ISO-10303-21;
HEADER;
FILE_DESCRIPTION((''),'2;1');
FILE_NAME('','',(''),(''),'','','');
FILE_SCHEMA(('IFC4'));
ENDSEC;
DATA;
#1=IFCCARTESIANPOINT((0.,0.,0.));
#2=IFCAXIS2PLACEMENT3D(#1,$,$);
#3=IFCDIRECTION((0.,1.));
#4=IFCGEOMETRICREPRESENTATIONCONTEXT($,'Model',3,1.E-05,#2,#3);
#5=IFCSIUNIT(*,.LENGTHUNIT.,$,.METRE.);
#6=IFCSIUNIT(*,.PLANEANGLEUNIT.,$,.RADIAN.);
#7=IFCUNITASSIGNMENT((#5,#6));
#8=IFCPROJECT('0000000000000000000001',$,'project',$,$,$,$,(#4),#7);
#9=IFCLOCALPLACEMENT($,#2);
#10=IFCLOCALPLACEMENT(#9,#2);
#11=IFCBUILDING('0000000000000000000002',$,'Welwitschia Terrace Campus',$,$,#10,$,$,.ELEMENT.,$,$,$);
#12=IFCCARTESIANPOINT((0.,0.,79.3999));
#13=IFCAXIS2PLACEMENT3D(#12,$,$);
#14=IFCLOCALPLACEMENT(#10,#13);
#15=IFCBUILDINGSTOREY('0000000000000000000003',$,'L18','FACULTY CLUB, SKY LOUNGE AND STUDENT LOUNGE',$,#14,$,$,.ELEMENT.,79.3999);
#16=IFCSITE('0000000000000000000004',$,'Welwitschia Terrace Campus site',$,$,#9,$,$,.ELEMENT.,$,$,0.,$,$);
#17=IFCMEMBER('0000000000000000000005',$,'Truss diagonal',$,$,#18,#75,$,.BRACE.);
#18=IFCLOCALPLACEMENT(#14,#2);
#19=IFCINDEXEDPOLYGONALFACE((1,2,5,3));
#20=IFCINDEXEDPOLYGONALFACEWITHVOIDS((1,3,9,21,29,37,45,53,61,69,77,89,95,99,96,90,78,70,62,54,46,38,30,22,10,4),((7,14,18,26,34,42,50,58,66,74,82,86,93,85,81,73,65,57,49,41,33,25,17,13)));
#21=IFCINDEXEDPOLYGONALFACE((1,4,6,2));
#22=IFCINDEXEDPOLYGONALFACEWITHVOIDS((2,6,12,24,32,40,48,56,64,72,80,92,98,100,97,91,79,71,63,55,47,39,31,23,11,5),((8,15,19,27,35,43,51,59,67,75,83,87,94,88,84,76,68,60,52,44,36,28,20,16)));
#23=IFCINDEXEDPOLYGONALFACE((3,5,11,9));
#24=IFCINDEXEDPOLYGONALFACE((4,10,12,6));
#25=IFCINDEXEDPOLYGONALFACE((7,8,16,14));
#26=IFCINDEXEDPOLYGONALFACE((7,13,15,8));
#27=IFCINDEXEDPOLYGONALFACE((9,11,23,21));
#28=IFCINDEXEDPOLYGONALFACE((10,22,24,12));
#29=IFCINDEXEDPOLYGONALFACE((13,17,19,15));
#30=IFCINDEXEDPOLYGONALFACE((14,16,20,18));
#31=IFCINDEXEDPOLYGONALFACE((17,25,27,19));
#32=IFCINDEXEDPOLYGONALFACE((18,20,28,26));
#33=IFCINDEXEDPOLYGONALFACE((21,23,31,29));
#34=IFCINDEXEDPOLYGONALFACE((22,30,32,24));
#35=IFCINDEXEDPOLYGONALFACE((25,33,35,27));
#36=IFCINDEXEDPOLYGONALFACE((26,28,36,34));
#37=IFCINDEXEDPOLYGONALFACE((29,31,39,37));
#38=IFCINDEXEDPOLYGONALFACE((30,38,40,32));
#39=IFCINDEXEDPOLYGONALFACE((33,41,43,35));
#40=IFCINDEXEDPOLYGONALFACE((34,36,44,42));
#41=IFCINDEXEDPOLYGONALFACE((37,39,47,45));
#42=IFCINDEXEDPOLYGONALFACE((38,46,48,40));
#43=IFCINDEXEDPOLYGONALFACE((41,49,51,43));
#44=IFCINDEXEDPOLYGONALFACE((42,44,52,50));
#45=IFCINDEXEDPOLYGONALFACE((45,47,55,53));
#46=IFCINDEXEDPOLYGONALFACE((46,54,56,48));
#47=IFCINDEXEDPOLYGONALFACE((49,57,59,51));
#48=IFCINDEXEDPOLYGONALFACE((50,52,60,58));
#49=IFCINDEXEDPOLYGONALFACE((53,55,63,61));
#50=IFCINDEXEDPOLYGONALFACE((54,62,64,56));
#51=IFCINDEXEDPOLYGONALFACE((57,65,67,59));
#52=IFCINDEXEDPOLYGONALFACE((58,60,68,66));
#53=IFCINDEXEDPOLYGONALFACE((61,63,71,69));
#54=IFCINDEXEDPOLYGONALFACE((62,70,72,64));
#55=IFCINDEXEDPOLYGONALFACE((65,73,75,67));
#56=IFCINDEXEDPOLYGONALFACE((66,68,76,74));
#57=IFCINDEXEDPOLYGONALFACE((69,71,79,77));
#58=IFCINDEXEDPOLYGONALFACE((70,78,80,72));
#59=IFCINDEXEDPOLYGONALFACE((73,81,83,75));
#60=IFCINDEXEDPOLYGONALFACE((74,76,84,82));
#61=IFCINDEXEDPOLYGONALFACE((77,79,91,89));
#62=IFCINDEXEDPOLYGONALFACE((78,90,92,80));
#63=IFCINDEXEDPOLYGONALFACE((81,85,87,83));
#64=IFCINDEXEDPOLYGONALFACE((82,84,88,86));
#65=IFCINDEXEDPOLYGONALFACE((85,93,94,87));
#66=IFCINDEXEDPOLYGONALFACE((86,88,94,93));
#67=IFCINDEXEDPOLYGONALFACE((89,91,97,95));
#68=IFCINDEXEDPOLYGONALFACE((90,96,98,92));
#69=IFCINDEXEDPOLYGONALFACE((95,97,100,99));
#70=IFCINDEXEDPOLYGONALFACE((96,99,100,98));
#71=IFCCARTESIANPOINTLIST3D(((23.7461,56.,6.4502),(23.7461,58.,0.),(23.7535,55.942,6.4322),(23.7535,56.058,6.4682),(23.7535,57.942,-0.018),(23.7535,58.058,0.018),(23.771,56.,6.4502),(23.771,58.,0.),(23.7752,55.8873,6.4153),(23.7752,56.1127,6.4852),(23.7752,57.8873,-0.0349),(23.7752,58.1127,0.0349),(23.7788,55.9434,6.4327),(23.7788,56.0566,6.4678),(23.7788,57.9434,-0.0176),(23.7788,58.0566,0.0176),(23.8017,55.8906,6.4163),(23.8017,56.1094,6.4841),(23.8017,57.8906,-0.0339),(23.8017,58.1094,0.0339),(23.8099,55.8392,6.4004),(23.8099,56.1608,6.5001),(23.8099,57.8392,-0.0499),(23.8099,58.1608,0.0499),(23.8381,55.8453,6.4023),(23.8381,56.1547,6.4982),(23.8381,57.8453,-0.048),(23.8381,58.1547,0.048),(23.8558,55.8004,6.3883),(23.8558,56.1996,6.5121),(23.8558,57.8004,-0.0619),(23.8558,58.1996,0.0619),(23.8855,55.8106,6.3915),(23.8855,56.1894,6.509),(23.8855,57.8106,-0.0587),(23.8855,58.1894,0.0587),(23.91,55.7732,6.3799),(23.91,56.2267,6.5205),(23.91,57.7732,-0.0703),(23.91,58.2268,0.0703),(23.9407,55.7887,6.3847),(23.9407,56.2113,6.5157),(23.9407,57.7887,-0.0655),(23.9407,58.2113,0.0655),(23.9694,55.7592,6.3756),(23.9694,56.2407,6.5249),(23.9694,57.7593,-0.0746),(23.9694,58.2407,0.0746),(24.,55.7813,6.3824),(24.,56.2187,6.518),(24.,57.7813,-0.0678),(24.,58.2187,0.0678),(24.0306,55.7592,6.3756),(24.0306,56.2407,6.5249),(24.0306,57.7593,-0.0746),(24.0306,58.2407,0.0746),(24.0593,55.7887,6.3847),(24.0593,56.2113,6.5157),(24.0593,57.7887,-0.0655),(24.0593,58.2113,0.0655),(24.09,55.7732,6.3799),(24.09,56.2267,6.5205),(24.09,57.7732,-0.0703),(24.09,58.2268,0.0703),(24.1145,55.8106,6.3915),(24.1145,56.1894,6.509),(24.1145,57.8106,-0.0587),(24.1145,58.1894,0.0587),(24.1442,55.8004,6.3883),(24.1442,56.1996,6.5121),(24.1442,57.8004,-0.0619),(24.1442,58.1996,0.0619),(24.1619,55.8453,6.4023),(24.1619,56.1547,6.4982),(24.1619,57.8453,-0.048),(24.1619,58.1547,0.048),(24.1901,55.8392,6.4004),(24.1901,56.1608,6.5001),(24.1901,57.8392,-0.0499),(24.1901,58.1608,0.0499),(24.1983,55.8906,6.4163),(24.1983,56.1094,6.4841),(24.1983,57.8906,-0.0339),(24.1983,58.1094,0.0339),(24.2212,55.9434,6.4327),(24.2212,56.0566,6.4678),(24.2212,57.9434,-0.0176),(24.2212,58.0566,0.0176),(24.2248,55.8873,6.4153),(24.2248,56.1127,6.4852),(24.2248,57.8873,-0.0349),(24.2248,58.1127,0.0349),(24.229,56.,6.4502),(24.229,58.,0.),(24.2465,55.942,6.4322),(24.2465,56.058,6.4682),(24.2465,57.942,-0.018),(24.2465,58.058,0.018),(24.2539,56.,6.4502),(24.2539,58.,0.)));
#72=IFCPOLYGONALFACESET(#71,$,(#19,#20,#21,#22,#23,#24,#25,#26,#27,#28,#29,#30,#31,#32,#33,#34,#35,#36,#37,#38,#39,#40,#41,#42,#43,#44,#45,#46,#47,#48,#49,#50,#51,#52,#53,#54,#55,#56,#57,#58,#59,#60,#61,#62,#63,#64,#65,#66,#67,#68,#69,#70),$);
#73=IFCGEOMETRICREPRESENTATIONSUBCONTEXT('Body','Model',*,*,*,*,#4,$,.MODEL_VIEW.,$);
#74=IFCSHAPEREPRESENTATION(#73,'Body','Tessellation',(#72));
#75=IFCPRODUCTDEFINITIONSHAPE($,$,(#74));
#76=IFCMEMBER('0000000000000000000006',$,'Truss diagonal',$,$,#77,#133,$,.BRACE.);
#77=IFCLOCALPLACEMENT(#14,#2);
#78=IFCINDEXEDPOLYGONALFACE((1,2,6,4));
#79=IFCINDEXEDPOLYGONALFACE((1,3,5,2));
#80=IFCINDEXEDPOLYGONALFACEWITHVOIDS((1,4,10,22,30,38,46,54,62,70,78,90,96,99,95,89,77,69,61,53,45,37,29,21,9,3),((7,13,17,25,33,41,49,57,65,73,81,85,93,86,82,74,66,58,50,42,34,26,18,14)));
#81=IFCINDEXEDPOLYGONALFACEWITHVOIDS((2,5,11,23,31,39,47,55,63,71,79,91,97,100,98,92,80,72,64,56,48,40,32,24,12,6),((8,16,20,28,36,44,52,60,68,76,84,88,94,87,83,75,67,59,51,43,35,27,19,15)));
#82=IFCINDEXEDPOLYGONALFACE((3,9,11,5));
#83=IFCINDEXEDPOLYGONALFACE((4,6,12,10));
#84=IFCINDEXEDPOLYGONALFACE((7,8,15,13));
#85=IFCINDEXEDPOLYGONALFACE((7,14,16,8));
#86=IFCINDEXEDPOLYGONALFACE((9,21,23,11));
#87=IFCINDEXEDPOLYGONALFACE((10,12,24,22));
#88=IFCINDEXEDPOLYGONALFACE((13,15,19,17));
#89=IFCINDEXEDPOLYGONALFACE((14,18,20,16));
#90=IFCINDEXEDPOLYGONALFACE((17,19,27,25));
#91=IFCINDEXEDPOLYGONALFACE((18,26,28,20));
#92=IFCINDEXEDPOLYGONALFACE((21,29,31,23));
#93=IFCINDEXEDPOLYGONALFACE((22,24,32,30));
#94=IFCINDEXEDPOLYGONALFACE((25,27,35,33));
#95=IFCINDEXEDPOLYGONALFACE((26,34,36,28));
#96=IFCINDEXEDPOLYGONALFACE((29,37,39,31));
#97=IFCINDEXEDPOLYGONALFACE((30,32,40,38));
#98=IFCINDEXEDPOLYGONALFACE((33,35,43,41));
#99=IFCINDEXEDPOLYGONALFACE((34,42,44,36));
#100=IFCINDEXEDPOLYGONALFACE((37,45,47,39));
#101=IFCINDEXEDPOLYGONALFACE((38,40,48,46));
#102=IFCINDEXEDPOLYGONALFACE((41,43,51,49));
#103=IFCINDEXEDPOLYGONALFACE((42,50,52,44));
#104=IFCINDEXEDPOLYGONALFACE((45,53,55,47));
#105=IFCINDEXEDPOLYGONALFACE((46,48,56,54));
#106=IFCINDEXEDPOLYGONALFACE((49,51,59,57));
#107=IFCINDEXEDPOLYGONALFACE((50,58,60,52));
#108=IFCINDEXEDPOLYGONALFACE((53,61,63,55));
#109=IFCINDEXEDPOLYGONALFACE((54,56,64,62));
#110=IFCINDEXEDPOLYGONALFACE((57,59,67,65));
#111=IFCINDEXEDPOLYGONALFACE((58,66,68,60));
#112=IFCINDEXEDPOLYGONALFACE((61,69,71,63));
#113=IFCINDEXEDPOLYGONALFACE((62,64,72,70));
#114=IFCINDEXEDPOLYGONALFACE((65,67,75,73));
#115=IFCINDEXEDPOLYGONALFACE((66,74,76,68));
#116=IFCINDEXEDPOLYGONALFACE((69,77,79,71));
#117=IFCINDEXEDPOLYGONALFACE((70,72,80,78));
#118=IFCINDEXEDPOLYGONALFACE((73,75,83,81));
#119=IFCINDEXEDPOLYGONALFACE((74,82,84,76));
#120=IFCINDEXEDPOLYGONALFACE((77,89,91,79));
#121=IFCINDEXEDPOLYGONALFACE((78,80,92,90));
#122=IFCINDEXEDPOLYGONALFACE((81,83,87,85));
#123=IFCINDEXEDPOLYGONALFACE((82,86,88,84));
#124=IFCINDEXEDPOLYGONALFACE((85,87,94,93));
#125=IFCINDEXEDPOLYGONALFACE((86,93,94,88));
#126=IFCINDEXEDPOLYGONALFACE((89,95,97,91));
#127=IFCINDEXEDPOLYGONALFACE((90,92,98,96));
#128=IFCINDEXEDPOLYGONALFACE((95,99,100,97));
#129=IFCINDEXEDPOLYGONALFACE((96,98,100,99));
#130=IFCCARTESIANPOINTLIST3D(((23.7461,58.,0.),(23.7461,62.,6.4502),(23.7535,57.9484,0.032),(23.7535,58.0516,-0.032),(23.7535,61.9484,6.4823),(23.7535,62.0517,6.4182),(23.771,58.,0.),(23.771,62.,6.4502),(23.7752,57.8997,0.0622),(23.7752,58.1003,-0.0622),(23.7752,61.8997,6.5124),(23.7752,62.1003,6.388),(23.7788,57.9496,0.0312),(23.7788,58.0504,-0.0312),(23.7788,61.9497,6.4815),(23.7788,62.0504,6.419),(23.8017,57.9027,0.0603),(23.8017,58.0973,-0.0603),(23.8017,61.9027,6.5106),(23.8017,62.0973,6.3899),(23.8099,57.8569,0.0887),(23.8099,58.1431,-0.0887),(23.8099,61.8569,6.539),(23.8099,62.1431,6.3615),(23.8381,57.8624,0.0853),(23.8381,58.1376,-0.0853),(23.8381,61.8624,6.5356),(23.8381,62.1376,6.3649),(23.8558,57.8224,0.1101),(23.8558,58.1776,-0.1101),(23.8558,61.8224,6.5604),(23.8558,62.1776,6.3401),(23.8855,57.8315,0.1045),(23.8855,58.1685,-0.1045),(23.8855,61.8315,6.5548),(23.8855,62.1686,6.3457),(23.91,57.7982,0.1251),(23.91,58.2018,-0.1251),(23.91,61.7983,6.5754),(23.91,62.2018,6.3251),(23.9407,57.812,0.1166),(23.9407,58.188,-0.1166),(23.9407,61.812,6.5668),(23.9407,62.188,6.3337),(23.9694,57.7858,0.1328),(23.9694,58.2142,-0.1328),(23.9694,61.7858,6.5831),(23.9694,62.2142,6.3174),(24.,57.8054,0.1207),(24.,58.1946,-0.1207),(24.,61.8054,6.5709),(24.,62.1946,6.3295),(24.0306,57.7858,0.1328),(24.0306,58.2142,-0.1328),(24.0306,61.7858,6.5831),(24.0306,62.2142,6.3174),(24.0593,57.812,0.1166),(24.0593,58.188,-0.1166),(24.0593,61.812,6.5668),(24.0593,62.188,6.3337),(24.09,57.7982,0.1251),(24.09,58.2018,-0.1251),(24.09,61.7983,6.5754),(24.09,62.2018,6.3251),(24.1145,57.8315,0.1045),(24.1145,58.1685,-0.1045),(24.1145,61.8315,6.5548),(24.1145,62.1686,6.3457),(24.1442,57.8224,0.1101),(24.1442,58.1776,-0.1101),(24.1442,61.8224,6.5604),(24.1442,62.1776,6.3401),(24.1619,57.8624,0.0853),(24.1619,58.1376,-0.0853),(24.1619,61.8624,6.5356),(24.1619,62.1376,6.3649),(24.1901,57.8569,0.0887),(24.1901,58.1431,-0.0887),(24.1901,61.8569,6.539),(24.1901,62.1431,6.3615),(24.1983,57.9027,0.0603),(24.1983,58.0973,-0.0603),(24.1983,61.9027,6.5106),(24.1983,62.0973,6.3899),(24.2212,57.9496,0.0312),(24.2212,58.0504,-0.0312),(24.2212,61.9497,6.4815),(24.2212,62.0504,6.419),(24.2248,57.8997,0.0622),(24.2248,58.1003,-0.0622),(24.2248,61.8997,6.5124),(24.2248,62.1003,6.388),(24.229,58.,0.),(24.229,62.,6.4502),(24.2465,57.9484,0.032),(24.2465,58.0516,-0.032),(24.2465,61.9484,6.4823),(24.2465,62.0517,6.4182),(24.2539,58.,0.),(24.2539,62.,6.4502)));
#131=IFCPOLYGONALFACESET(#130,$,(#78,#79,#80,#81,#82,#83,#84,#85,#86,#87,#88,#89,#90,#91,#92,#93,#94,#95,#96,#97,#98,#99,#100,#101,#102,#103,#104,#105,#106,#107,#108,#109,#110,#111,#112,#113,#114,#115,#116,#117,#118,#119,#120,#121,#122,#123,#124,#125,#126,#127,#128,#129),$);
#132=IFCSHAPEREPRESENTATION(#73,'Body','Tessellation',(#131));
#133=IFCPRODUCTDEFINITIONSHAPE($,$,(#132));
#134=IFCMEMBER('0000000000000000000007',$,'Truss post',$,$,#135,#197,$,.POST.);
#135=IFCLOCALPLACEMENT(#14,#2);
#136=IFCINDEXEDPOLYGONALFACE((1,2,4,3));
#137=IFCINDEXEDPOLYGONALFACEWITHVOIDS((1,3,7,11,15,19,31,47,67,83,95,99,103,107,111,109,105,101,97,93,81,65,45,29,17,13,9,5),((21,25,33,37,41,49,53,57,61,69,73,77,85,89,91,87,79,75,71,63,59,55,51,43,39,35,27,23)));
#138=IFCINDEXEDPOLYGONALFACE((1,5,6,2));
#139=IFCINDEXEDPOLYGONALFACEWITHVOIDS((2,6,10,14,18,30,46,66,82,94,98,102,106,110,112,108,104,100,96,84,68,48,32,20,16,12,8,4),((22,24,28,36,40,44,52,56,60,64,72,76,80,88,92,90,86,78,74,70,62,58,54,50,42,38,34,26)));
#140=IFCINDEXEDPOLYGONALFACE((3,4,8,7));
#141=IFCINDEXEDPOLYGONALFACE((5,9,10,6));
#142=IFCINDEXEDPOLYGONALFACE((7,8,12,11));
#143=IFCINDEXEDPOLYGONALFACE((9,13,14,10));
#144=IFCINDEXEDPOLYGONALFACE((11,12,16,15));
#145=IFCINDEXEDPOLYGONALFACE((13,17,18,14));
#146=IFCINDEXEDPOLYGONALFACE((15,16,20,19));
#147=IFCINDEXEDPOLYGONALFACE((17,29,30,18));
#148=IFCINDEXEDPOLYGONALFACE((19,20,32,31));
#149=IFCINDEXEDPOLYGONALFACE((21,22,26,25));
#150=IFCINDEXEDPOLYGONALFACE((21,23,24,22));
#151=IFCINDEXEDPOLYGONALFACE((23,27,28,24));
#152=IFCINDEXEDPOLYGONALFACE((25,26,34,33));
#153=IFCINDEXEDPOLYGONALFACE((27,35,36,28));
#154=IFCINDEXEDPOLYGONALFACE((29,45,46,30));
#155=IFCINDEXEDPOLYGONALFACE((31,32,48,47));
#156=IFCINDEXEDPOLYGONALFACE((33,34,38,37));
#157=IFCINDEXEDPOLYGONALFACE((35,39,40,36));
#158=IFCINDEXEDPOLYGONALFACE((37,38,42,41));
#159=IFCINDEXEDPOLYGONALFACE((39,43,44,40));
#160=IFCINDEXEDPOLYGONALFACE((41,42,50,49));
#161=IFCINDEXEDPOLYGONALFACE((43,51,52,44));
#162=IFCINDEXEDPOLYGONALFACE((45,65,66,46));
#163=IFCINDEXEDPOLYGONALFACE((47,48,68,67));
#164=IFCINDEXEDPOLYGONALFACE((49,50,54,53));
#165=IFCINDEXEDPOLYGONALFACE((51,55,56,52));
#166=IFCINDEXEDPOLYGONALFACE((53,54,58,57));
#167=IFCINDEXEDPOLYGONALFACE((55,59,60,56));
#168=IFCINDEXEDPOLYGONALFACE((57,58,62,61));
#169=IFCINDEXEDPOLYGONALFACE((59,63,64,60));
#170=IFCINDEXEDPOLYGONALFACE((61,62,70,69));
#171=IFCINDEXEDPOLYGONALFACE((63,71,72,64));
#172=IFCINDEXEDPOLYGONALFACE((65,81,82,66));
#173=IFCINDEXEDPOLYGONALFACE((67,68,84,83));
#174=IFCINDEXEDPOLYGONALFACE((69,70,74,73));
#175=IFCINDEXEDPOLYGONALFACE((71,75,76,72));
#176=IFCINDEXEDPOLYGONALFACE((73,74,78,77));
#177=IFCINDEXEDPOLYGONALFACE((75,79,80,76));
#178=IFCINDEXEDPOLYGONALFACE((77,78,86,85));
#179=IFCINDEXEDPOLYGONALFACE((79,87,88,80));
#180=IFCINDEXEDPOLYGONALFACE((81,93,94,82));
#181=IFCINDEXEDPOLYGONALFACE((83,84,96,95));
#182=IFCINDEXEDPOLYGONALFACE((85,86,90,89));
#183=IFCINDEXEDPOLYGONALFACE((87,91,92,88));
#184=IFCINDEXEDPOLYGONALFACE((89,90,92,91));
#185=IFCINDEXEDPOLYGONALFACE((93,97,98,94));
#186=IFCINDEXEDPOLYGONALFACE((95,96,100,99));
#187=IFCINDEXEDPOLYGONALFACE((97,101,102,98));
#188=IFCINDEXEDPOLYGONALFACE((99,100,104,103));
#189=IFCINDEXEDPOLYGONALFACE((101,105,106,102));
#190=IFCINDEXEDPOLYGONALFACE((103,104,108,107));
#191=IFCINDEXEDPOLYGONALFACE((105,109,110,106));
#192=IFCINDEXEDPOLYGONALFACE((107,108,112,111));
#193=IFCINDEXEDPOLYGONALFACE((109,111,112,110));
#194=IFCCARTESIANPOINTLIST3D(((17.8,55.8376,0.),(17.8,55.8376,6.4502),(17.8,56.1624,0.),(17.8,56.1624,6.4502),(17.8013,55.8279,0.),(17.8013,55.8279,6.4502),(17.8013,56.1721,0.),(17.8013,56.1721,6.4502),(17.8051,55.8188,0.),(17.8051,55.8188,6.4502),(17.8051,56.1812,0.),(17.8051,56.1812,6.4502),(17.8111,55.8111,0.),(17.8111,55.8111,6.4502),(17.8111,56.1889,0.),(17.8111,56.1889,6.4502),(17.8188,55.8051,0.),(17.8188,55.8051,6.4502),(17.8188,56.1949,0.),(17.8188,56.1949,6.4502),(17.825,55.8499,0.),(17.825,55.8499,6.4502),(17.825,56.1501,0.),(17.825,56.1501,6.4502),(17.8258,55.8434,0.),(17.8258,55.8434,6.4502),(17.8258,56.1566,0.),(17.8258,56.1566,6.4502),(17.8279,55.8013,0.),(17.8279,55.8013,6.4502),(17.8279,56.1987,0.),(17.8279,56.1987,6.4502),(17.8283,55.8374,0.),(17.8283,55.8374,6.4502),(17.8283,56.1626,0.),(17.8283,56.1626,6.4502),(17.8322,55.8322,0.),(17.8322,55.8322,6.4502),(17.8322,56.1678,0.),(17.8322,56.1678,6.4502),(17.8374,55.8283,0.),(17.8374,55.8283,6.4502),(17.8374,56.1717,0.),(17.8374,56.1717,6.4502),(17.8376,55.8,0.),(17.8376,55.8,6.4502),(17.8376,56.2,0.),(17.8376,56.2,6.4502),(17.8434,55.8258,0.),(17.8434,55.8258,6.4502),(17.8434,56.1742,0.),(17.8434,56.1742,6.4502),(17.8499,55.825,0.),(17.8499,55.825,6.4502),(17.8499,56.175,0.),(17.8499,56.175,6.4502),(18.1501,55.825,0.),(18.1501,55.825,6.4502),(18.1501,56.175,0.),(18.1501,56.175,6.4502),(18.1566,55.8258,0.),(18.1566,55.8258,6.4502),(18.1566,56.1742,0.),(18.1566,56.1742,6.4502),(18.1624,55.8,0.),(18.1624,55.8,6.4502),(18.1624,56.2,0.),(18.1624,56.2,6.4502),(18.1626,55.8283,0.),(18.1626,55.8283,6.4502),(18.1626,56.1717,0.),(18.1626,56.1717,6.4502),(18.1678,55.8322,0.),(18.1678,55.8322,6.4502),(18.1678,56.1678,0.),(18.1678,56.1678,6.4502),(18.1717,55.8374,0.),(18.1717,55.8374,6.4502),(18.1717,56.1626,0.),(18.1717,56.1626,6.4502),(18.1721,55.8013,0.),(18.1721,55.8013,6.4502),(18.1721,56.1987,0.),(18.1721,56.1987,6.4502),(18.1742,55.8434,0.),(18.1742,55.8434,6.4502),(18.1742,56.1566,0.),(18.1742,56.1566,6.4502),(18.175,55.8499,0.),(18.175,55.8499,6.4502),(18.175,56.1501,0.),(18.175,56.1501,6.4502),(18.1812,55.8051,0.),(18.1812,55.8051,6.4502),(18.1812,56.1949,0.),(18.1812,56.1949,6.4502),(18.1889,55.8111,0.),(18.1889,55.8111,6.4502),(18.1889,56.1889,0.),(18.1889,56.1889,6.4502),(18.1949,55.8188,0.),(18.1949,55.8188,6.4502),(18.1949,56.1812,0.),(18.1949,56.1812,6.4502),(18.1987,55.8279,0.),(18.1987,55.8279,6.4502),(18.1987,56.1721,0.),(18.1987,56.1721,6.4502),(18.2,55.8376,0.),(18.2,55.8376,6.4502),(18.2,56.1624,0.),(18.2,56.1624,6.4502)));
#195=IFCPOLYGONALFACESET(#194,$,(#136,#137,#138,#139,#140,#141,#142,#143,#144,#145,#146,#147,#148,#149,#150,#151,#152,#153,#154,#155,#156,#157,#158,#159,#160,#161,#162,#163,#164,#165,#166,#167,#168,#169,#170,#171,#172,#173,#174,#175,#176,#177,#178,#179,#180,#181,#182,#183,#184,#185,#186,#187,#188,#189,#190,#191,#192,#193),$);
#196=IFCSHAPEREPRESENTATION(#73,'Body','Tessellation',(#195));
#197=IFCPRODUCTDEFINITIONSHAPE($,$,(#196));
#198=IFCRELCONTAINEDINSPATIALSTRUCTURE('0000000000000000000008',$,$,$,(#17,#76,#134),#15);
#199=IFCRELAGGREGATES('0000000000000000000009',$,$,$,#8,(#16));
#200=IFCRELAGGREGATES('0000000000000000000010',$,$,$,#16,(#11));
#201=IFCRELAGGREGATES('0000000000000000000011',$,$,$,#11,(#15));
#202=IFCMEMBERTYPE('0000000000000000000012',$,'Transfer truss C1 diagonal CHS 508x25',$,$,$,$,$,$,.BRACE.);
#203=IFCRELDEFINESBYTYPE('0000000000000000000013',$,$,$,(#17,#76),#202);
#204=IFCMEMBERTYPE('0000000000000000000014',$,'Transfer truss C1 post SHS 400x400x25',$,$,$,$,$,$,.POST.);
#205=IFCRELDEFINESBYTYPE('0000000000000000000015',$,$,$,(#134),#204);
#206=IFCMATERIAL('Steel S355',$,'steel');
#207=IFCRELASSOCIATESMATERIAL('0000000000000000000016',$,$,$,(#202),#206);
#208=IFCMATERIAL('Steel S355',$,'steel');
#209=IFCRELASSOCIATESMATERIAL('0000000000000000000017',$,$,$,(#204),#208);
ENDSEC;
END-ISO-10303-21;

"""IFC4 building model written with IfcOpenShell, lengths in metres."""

from ifc_helpers import new_model, si_unit, direction, frame, origin, origin_2d, place, context, subcontext, project, spatial, hollow_rectangle, hollow_circle, extrude, material, material_profile, profile_set, type_object, element, save


model = new_model("IFC4")

# Units and contexts
model_context = context("Model", 3, precision=1e-05, world=origin(), true_north=direction((0.0, 1.0)))
body_context = subcontext(model_context, "Body", "Model", "MODEL_VIEW")
ifc_project = project(units=[si_unit("LENGTHUNIT", "METRE"), si_unit("PLANEANGLEUNIT", "RADIAN")], contexts=[model_context])

# Site, building, storey
site_placement = place(None, origin())
site = spatial("IfcSite", under=ifc_project, at=site_placement, Name="Welwitschia Terrace Campus site", CompositionType="ELEMENT", RefElevation=0.0)
building_placement = place(site_placement, origin())
building = spatial("IfcBuilding", under=site, at=building_placement, Name="Welwitschia Terrace Campus", CompositionType="ELEMENT")
storey_placement = place(building_placement, frame((0.0, 0.0, 79.3999)))
storey = spatial("IfcBuildingStorey", under=building, at=storey_placement, Name="L18", Description="FACULTY CLUB, SKY LOUNGE AND STUDENT LOUNGE", CompositionType="ELEMENT", Elevation=79.3999)

# Members
ifc_material_1 = material(Name="Steel S355", Category="steel")
ifc_material_profile_1 = material_profile(ifc_material_1, hollow_circle(Radius=0.2539, WallThickness=0.0249, at=origin_2d()))
ifc_profile_set_1 = profile_set([ifc_material_profile_1], Name="Steel S355")
member_type_1 = type_object("IfcMemberType", Name="Transfer truss C1 diagonal CHS 508x25", PredefinedType="BRACE", material=ifc_profile_set_1)
member_1_placement = place(storey_placement, frame((24.0, 58.0, 0.0), z_axis=(0.0, -0.296158, 0.955139), x_axis=(1.0, 0.0, 0.0)))
element("IfcMember", 1, at=member_1_placement, inside=storey, type_object=member_type_1, Name="Truss diagonal", PredefinedType="BRACE", context=body_context, shape_type="SweptSolid", body=[
    extrude(hollow_circle(Radius=0.2539, WallThickness=0.0249, at=origin_2d()), origin(), (0.0, 0.0, 1.0), 6.7532),
])
member_2_placement = place(storey_placement, frame((24.0, 58.0, 0.0), z_axis=(0.0, 0.527023, 0.849851), x_axis=(-1.0, 0.0, 0.0)))
element("IfcMember", 2, at=member_2_placement, inside=storey, type_object=member_type_1, Name="Truss diagonal", PredefinedType="BRACE", context=body_context, shape_type="SweptSolid", body=[
    extrude(hollow_circle(Radius=0.2539, WallThickness=0.0249, at=origin_2d()), origin(), (0.0, 0.0, 1.0), 7.5898),
])
ifc_material_2 = material(Name="Steel S355", Category="steel")
ifc_material_profile_2 = material_profile(ifc_material_2, hollow_rectangle(XDim=0.3999, YDim=0.3999, WallThickness=0.0249, InnerFilletRadius=0.0249, OuterFilletRadius=0.0376, at=origin_2d()))
ifc_profile_set_2 = profile_set([ifc_material_profile_2], Name="Steel S355")
member_type_2 = type_object("IfcMemberType", Name="Transfer truss C1 post SHS 400x400x25", PredefinedType="POST", material=ifc_profile_set_2)
for number, where, z_axis, x_axis, name in (
    (3, (18.0, 56.0, 0.0), (0.0, 0.0, 1.0), (1.0, 0.0, 0.0), "Truss post"),
):
    element("IfcMember", number, at=place(storey_placement, frame(where, z_axis=z_axis, x_axis=x_axis)), inside=storey, type_object=member_type_2, Name=name, PredefinedType="POST", context=body_context, shape_type="SweptSolid", body=[
        extrude(hollow_rectangle(XDim=0.3999, YDim=0.3999, WallThickness=0.0249, InnerFilletRadius=0.0249, OuterFilletRadius=0.0376, at=origin_2d()), origin(), (0.0, 0.0, 1.0), 6.4502),
    ])

save(model, "model.ifc")
